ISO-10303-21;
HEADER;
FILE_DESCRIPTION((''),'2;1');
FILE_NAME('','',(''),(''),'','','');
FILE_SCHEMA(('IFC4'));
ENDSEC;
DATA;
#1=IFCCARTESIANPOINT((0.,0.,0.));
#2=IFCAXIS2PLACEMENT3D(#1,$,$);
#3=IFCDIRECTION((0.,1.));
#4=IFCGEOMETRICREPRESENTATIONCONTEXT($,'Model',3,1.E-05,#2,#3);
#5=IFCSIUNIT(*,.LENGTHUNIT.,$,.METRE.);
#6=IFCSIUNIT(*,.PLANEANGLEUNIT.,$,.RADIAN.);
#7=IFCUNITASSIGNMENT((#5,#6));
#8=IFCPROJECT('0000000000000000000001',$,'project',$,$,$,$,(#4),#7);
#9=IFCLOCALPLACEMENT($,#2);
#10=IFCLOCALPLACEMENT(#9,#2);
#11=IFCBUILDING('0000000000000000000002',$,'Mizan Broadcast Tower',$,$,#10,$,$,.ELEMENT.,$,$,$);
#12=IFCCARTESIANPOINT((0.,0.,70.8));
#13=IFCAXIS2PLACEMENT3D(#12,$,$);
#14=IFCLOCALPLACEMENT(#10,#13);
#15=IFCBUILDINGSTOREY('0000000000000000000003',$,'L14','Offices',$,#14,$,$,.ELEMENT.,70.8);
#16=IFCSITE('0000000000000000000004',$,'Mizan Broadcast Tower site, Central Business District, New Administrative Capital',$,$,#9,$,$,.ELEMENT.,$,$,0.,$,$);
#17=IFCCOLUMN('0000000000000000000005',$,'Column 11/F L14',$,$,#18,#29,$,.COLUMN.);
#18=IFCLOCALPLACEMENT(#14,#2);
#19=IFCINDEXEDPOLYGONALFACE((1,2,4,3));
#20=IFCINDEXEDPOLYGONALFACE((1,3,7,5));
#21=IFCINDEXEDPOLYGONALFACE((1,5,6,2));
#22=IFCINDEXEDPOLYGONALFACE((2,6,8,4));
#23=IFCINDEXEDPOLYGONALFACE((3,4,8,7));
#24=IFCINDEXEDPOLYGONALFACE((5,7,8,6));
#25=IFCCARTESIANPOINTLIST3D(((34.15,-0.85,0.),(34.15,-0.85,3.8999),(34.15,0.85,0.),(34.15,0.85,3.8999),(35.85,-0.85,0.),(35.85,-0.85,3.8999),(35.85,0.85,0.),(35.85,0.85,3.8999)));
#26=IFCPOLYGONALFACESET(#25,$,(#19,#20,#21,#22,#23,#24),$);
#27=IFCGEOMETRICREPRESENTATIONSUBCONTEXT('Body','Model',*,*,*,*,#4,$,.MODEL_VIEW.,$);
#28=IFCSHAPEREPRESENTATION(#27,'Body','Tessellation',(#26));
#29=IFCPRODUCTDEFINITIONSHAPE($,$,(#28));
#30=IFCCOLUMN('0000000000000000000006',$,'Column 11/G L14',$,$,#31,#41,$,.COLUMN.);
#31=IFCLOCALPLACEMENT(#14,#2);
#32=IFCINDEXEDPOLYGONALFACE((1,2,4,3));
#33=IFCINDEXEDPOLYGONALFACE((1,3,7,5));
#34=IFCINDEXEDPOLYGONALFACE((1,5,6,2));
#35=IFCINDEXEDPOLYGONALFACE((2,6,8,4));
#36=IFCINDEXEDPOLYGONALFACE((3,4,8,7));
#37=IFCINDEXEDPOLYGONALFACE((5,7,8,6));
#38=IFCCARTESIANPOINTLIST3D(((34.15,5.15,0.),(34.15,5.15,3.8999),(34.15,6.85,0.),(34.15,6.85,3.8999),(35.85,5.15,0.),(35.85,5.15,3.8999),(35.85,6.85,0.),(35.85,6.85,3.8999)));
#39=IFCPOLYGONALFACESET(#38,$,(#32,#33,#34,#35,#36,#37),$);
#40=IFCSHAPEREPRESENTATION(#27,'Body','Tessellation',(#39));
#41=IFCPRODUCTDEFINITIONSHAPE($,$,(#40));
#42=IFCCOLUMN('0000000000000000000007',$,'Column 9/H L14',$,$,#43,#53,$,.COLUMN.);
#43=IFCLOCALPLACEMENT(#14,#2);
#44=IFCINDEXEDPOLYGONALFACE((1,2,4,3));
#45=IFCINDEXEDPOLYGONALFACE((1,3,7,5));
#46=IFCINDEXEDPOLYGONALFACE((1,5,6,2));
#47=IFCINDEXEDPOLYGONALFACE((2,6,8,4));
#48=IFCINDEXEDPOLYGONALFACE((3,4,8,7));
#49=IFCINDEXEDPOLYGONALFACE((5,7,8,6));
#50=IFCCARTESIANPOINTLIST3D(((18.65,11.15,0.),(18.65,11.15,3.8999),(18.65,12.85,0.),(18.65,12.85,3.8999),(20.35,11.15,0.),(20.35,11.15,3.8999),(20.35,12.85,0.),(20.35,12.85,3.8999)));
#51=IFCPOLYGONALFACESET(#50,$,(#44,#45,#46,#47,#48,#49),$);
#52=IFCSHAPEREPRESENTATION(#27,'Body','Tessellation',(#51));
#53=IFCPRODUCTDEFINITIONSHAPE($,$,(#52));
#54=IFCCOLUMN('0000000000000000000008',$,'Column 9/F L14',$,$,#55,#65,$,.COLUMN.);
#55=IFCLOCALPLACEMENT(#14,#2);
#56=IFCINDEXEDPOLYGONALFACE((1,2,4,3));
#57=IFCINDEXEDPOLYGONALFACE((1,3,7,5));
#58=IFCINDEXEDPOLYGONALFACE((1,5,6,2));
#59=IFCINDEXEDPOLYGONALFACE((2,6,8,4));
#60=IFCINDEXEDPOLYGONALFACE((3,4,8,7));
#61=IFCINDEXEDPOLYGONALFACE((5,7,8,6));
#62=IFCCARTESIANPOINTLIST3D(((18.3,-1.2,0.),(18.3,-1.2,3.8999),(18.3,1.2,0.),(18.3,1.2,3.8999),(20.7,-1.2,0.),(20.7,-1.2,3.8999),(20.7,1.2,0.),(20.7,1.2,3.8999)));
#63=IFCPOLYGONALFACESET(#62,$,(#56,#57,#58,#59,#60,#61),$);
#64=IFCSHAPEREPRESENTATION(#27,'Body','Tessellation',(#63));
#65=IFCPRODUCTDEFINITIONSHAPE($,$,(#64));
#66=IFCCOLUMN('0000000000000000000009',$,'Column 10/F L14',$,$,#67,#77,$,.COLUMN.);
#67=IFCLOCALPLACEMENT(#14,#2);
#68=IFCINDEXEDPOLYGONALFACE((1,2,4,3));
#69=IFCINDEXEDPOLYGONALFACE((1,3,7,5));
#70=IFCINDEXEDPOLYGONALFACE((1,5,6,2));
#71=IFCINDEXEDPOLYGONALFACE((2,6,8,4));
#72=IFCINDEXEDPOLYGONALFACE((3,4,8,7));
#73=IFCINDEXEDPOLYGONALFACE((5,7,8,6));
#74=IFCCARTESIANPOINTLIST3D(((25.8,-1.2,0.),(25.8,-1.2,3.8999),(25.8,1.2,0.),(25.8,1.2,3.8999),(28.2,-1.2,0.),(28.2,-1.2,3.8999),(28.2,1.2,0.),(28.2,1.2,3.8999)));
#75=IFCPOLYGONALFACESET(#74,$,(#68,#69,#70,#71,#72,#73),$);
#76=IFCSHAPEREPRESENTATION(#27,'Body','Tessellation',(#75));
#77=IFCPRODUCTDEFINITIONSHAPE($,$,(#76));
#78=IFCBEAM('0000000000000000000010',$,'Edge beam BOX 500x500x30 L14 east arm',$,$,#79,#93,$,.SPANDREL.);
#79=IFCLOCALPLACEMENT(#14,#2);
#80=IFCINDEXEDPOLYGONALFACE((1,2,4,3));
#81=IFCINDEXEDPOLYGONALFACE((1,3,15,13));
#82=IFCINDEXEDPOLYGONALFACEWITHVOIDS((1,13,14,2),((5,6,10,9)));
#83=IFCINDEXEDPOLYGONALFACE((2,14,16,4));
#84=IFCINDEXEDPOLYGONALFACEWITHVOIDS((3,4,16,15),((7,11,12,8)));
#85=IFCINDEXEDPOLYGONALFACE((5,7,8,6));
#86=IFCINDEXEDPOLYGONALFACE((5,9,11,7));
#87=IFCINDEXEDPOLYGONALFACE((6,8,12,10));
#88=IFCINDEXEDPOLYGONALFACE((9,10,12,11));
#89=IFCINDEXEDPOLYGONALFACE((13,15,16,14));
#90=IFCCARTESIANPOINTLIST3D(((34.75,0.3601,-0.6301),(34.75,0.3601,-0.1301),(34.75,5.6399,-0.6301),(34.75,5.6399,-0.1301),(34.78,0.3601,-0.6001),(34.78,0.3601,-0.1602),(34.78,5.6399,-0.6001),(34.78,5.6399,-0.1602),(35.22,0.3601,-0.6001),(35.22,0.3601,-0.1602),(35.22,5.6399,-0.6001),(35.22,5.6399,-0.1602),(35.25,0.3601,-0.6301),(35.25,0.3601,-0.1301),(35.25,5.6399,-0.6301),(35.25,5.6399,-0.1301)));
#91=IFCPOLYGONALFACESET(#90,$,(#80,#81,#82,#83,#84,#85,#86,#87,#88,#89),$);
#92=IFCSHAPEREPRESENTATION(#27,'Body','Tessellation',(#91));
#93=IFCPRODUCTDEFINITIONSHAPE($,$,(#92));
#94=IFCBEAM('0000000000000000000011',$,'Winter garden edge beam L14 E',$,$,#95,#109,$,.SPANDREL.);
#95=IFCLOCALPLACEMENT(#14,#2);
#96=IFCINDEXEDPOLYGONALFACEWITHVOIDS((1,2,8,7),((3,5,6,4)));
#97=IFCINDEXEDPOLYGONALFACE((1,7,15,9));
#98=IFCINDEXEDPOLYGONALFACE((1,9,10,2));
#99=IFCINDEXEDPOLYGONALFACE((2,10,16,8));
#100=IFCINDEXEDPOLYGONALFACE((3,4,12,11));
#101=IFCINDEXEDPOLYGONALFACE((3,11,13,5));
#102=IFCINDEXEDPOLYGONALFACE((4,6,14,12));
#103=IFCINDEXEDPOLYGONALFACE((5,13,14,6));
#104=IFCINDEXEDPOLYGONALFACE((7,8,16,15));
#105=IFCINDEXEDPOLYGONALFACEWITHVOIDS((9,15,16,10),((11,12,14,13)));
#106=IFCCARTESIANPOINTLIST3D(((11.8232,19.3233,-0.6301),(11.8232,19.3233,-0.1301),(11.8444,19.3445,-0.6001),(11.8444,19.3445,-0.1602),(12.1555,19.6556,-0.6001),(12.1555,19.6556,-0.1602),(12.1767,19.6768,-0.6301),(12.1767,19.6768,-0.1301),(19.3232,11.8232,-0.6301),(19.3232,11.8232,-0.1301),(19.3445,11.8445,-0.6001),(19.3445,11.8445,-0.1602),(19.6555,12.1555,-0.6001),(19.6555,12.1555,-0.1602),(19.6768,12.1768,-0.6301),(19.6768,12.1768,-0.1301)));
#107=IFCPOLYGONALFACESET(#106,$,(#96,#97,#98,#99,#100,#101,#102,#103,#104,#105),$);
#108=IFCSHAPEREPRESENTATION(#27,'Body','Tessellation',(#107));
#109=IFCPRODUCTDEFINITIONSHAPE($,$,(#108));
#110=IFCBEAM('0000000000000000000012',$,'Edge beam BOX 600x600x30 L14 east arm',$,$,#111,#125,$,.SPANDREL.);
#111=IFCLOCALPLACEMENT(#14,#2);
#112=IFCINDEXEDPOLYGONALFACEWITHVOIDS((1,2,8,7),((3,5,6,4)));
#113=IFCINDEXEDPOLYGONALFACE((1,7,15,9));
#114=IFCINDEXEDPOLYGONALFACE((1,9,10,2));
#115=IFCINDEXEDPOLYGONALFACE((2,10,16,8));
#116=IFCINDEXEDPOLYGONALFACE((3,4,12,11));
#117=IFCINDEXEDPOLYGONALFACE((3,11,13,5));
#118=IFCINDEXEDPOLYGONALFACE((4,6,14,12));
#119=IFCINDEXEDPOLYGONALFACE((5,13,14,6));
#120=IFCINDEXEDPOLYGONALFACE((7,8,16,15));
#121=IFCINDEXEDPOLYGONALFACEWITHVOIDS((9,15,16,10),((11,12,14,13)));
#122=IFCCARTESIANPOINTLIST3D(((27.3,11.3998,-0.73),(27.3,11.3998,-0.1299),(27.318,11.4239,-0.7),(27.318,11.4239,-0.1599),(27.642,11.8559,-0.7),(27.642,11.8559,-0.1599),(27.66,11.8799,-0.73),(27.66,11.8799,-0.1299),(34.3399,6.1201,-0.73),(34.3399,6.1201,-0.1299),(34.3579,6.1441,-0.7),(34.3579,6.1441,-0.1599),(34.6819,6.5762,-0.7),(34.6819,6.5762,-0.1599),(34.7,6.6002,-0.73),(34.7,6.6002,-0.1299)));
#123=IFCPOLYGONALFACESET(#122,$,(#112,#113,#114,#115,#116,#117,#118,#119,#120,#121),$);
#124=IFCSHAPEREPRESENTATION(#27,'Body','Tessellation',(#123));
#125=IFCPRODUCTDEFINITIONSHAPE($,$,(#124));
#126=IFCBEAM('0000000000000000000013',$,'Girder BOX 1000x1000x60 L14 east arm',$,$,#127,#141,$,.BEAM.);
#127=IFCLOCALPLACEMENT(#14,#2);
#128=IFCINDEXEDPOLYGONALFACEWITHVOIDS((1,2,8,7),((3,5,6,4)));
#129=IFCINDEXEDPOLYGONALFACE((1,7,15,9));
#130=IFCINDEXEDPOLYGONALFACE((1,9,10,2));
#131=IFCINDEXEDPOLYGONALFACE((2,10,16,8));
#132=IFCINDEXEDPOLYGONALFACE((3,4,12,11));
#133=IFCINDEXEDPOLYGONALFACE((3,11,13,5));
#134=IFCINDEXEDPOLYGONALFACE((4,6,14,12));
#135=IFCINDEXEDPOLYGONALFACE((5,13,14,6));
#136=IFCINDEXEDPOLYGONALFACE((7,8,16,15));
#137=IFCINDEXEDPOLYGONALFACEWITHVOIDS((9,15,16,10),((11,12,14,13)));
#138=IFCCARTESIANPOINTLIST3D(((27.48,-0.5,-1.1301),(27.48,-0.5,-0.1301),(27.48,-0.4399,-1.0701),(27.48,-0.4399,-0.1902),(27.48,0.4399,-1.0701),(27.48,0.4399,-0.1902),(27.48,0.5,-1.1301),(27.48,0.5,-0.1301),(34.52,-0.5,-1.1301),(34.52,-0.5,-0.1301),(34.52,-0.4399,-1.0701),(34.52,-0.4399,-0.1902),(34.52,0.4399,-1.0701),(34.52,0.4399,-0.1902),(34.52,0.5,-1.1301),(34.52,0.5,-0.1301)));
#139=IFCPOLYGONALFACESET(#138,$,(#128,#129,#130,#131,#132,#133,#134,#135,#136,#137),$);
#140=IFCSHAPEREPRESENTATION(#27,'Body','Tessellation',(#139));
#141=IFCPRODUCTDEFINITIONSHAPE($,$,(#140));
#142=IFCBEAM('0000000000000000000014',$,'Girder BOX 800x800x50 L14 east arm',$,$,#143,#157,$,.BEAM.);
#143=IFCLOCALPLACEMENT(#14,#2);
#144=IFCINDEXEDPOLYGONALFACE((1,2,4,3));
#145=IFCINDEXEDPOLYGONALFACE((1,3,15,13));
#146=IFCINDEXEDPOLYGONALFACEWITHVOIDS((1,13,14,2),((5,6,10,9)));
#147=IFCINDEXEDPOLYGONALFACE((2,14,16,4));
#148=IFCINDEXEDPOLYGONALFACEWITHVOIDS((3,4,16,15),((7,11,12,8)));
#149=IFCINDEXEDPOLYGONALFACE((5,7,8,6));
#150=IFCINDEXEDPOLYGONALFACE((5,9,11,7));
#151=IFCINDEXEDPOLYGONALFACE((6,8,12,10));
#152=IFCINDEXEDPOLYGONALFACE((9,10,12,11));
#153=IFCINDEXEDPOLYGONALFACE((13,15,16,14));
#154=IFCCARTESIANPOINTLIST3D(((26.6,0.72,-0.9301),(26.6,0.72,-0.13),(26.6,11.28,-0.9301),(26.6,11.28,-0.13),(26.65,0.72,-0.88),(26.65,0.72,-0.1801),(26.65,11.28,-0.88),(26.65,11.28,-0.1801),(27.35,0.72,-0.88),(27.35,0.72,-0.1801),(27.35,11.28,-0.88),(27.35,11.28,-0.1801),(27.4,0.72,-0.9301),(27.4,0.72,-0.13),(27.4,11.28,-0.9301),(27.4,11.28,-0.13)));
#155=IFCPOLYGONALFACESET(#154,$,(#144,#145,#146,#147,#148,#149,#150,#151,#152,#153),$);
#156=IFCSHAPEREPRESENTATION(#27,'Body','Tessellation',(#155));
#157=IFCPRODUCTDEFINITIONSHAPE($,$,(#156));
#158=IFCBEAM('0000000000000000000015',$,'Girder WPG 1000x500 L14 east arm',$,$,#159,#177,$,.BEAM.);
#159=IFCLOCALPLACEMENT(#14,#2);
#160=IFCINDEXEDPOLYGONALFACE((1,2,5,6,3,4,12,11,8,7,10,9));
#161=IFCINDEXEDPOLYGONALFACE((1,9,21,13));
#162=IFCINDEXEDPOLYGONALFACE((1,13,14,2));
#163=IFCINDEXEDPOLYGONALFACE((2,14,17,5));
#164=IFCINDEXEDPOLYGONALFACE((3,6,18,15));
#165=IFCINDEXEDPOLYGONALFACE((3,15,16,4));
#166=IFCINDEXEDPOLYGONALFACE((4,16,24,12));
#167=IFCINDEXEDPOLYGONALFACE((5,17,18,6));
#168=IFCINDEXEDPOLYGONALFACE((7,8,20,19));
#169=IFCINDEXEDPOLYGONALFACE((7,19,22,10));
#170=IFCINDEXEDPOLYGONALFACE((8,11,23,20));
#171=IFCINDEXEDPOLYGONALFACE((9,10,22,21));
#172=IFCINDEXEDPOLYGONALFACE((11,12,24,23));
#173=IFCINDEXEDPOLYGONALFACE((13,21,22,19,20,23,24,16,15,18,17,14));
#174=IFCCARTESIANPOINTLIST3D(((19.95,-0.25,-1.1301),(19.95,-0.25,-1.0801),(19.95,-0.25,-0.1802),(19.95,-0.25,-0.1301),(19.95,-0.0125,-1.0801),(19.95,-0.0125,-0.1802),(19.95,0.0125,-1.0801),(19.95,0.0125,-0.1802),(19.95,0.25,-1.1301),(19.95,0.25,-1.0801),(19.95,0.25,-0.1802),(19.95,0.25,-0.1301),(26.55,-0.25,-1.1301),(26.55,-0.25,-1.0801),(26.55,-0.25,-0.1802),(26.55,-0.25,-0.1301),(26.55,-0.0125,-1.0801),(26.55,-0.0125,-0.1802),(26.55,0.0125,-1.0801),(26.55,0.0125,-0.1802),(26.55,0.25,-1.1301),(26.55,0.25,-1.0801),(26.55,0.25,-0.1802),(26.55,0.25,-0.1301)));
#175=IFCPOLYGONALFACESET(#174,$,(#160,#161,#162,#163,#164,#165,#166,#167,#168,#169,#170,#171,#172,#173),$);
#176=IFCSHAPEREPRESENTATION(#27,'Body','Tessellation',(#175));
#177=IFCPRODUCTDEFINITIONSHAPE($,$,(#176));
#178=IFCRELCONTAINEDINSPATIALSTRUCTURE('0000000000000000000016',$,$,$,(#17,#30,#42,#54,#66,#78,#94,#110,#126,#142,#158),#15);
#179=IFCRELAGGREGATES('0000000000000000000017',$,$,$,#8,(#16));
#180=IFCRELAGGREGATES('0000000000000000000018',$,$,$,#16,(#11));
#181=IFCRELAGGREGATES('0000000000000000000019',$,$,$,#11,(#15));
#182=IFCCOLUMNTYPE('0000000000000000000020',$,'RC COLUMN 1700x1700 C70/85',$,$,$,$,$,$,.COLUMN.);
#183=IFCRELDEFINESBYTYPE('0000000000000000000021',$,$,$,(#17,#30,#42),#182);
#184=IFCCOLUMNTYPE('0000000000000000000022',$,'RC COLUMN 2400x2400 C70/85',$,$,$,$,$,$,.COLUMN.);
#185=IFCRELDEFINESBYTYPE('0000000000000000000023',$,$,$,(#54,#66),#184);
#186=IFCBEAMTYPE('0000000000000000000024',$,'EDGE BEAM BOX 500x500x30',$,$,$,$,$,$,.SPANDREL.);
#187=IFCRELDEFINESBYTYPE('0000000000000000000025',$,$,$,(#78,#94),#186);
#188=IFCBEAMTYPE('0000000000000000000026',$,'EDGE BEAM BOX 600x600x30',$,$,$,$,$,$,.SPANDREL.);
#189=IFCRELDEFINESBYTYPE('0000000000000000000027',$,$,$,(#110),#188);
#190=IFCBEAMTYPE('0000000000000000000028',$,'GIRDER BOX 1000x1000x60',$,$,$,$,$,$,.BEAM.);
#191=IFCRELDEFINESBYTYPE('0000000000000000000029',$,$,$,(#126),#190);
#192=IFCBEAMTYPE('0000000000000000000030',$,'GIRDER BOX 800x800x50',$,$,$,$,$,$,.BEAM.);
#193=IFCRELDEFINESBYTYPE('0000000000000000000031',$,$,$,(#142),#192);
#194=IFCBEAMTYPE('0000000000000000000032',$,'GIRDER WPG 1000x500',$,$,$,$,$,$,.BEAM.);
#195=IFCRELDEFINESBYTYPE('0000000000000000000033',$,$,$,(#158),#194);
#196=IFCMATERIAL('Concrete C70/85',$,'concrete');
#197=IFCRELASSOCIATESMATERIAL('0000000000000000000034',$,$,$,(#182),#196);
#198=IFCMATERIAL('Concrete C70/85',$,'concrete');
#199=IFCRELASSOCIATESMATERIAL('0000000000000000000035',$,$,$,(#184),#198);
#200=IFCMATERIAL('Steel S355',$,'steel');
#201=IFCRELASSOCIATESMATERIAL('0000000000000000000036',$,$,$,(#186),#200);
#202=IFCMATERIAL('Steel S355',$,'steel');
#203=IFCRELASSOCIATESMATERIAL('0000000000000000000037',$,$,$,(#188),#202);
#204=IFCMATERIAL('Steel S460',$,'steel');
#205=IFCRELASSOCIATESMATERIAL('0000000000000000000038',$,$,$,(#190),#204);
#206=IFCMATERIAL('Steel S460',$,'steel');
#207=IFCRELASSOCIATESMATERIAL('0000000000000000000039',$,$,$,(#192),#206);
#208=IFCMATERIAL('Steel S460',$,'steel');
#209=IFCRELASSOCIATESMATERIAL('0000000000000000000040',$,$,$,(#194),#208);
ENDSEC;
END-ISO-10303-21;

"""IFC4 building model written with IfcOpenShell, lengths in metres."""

from ifc_helpers import new_model, si_unit, direction, frame, origin, origin_2d, place, context, subcontext, project, spatial, rectangle, hollow_rectangle, i_section, extrude, material, material_profile, profile_set, type_object, element, save


model = new_model("IFC4")

# Units and contexts
model_context = context("Model", 3, precision=1e-05, world=origin(), true_north=direction((0.0, 1.0)))
body_context = subcontext(model_context, "Body", "Model", "MODEL_VIEW")
ifc_project = project(units=[si_unit("LENGTHUNIT", "METRE"), si_unit("PLANEANGLEUNIT", "RADIAN")], contexts=[model_context])

# Site, building, storey
site_placement = place(None, origin())
site = spatial("IfcSite", under=ifc_project, at=site_placement, Name="Mizan Broadcast Tower site, Central Business District, New Administrative Capital", CompositionType="ELEMENT", RefElevation=0.0)
building_placement = place(site_placement, origin())
building = spatial("IfcBuilding", under=site, at=building_placement, Name="Mizan Broadcast Tower", CompositionType="ELEMENT")
storey_placement = place(building_placement, frame((0.0, 0.0, 70.8)))
storey = spatial("IfcBuildingStorey", under=building, at=storey_placement, Name="L14", Description="Offices", CompositionType="ELEMENT", Elevation=70.8)

# Columns
ifc_material_1 = material(Name="Concrete C70/85", Category="concrete")
ifc_material_profile_1 = material_profile(ifc_material_1, rectangle(XDim=1.7, YDim=1.7, at=origin_2d()), Name="RC 1700x1700")
ifc_profile_set_1 = profile_set([ifc_material_profile_1], Name="Concrete C70/85")
column_type_1 = type_object("IfcColumnType", Name="RC COLUMN 1700x1700 C70/85", PredefinedType="COLUMN", material=ifc_profile_set_1)
for number, where, z_axis, x_axis, name in (
    (1, (35.0, 0.0, 0.0), (0.0, 0.0, 1.0), (1.0, 0.0, 0.0), "Column 11/F L14"),
    (2, (35.0, 6.0, 0.0), (0.0, 0.0, 1.0), (1.0, 0.0, 0.0), "Column 11/G L14"),
    (3, (19.5, 12.0, 0.0), (0.0, 0.0, 1.0), (1.0, 0.0, 0.0), "Column 9/H L14"),
):
    element("IfcColumn", number, at=place(storey_placement, frame(where, z_axis=z_axis, x_axis=x_axis)), inside=storey, type_object=column_type_1, Name=name, PredefinedType="COLUMN", context=body_context, shape_type="SweptSolid", body=[
        extrude(rectangle(XDim=1.7, YDim=1.7, at=origin_2d()), origin(), (0.0, 0.0, 1.0), 3.8999),
    ])
ifc_material_2 = material(Name="Concrete C70/85", Category="concrete")
ifc_material_profile_2 = material_profile(ifc_material_2, rectangle(XDim=2.3999, YDim=2.3999, at=origin_2d()), Name="RC 2400x2400")
ifc_profile_set_2 = profile_set([ifc_material_profile_2], Name="Concrete C70/85")
column_type_2 = type_object("IfcColumnType", Name="RC COLUMN 2400x2400 C70/85", PredefinedType="COLUMN", material=ifc_profile_set_2)
for number, where, z_axis, x_axis, name in (
    (4, (19.5, 0.0, 0.0), (0.0, 0.0, 1.0), (1.0, 0.0, 0.0), "Column 9/F L14"),
    (5, (27.0, 0.0, 0.0), (0.0, 0.0, 1.0), (1.0, 0.0, 0.0), "Column 10/F L14"),
):
    element("IfcColumn", number, at=place(storey_placement, frame(where, z_axis=z_axis, x_axis=x_axis)), inside=storey, type_object=column_type_2, Name=name, PredefinedType="COLUMN", context=body_context, shape_type="SweptSolid", body=[
        extrude(rectangle(XDim=2.3999, YDim=2.3999, at=origin_2d()), origin(), (0.0, 0.0, 1.0), 3.8999),
    ])

# Beams
ifc_material_3 = material(Name="Steel S355", Category="steel")
ifc_material_profile_3 = material_profile(ifc_material_3, hollow_rectangle(XDim=0.5, YDim=0.5, WallThickness=0.03, at=origin_2d()), Name="BOX 500x500x30")
ifc_profile_set_3 = profile_set([ifc_material_profile_3], Name="Steel S355")
beam_type_1 = type_object("IfcBeamType", Name="EDGE BEAM BOX 500x500x30", PredefinedType="SPANDREL", material=ifc_profile_set_3)
beam_1_placement = place(storey_placement, frame((35.0, 5.6399, -0.3801), z_axis=(0.0, -1.0, 0.0), x_axis=(1.0, 0.0, 0.0)))
element("IfcBeam", 6, at=beam_1_placement, inside=storey, type_object=beam_type_1, Name="Edge beam BOX 500x500x30 L14 east arm", PredefinedType="SPANDREL", context=body_context, shape_type="SweptSolid", body=[
    extrude(hollow_rectangle(XDim=0.5, YDim=0.5, WallThickness=0.03, at=origin_2d()), origin(), (0.0, 0.0, 1.0), 5.2798),
])
beam_2_placement = place(storey_placement, frame((19.5, 12.0, -0.3801), z_axis=(-0.707107, 0.707107, 0.0), x_axis=(-0.707107, -0.707107, 0.0)))
element("IfcBeam", 7, at=beam_2_placement, inside=storey, type_object=beam_type_1, Name="Winter garden edge beam L14 E", PredefinedType="SPANDREL", context=body_context, shape_type="SweptSolid", body=[
    extrude(hollow_rectangle(XDim=0.5, YDim=0.5, WallThickness=0.03, at=origin_2d()), origin(), (0.0, 0.0, 1.0), 10.6067),
])
ifc_material_4 = material(Name="Steel S355", Category="steel")
ifc_material_profile_4 = material_profile(ifc_material_4, hollow_rectangle(XDim=0.6001, YDim=0.6001, WallThickness=0.03, at=origin_2d()), Name="BOX 600x600x30")
ifc_profile_set_4 = profile_set([ifc_material_profile_4], Name="Steel S355")
beam_type_2 = type_object("IfcBeamType", Name="EDGE BEAM BOX 600x600x30", PredefinedType="SPANDREL", material=ifc_profile_set_4)
beam_3_placement = place(storey_placement, frame((27.48, 11.6399, -0.4299), z_axis=(0.800013, -0.599982, 0.0), x_axis=(0.599982, 0.800013, 0.0)))
element("IfcBeam", 8, at=beam_3_placement, inside=storey, type_object=beam_type_2, Name="Edge beam BOX 600x600x30 L14 east arm", PredefinedType="SPANDREL", context=body_context, shape_type="SweptSolid", body=[
    extrude(hollow_rectangle(XDim=0.6001, YDim=0.6001, WallThickness=0.03, at=origin_2d()), origin(), (0.0, 0.0, 1.0), 8.7998),
])
ifc_material_5 = material(Name="Steel S460", Category="steel")
ifc_material_profile_5 = material_profile(ifc_material_5, hollow_rectangle(XDim=1.0, YDim=1.0, WallThickness=0.0601, at=origin_2d()), Name="BOX 1000x1000x60")
ifc_profile_set_5 = profile_set([ifc_material_profile_5], Name="Steel S460")
beam_type_3 = type_object("IfcBeamType", Name="GIRDER BOX 1000x1000x60", PredefinedType="BEAM", material=ifc_profile_set_5)
beam_4_placement = place(storey_placement, frame((27.48, 0.0, -0.6301), z_axis=(1.0, 0.0, 0.0), x_axis=(0.0, 1.0, 0.0)))
element("IfcBeam", 9, at=beam_4_placement, inside=storey, type_object=beam_type_3, Name="Girder BOX 1000x1000x60 L14 east arm", PredefinedType="BEAM", context=body_context, shape_type="SweptSolid", body=[
    extrude(hollow_rectangle(XDim=1.0, YDim=1.0, WallThickness=0.0601, at=origin_2d()), origin(), (0.0, 0.0, 1.0), 7.04),
])
ifc_material_6 = material(Name="Steel S460", Category="steel")
ifc_material_profile_6 = material_profile(ifc_material_6, hollow_rectangle(XDim=0.8, YDim=0.8, WallThickness=0.05, at=origin_2d()), Name="BOX 800x800x50")
ifc_profile_set_6 = profile_set([ifc_material_profile_6], Name="Steel S460")
beam_type_4 = type_object("IfcBeamType", Name="GIRDER BOX 800x800x50", PredefinedType="BEAM", material=ifc_profile_set_6)
beam_5_placement = place(storey_placement, frame((27.0, 11.28, -0.53), z_axis=(0.0, -1.0, 0.0), x_axis=(1.0, 0.0, 0.0)))
element("IfcBeam", 10, at=beam_5_placement, inside=storey, type_object=beam_type_4, Name="Girder BOX 800x800x50 L14 east arm", PredefinedType="BEAM", context=body_context, shape_type="SweptSolid", body=[
    extrude(hollow_rectangle(XDim=0.8, YDim=0.8, WallThickness=0.05, at=origin_2d()), origin(), (0.0, 0.0, 1.0), 10.5601),
])
ifc_material_7 = material(Name="Steel S460", Category="steel")
ifc_material_profile_7 = material_profile(ifc_material_7, i_section(OverallWidth=0.5, OverallDepth=1.0, WebThickness=0.0249, FlangeThickness=0.05, at=origin_2d()), Name="WPG 1000x500")
ifc_profile_set_7 = profile_set([ifc_material_profile_7], Name="Steel S460")
beam_type_5 = type_object("IfcBeamType", Name="GIRDER WPG 1000x500", PredefinedType="BEAM", material=ifc_profile_set_7)
beam_6_placement = place(storey_placement, frame((19.95, 0.0, -0.6301), z_axis=(1.0, 0.0, 0.0), x_axis=(0.0, 1.0, 0.0)))
element("IfcBeam", 11, at=beam_6_placement, inside=storey, type_object=beam_type_5, Name="Girder WPG 1000x500 L14 east arm", PredefinedType="BEAM", context=body_context, shape_type="SweptSolid", body=[
    extrude(i_section(OverallWidth=0.5, OverallDepth=1.0, WebThickness=0.0249, FlangeThickness=0.05, at=origin_2d()), origin(), (0.0, 0.0, 1.0), 6.6001),
])

save(model, "model.ifc")
